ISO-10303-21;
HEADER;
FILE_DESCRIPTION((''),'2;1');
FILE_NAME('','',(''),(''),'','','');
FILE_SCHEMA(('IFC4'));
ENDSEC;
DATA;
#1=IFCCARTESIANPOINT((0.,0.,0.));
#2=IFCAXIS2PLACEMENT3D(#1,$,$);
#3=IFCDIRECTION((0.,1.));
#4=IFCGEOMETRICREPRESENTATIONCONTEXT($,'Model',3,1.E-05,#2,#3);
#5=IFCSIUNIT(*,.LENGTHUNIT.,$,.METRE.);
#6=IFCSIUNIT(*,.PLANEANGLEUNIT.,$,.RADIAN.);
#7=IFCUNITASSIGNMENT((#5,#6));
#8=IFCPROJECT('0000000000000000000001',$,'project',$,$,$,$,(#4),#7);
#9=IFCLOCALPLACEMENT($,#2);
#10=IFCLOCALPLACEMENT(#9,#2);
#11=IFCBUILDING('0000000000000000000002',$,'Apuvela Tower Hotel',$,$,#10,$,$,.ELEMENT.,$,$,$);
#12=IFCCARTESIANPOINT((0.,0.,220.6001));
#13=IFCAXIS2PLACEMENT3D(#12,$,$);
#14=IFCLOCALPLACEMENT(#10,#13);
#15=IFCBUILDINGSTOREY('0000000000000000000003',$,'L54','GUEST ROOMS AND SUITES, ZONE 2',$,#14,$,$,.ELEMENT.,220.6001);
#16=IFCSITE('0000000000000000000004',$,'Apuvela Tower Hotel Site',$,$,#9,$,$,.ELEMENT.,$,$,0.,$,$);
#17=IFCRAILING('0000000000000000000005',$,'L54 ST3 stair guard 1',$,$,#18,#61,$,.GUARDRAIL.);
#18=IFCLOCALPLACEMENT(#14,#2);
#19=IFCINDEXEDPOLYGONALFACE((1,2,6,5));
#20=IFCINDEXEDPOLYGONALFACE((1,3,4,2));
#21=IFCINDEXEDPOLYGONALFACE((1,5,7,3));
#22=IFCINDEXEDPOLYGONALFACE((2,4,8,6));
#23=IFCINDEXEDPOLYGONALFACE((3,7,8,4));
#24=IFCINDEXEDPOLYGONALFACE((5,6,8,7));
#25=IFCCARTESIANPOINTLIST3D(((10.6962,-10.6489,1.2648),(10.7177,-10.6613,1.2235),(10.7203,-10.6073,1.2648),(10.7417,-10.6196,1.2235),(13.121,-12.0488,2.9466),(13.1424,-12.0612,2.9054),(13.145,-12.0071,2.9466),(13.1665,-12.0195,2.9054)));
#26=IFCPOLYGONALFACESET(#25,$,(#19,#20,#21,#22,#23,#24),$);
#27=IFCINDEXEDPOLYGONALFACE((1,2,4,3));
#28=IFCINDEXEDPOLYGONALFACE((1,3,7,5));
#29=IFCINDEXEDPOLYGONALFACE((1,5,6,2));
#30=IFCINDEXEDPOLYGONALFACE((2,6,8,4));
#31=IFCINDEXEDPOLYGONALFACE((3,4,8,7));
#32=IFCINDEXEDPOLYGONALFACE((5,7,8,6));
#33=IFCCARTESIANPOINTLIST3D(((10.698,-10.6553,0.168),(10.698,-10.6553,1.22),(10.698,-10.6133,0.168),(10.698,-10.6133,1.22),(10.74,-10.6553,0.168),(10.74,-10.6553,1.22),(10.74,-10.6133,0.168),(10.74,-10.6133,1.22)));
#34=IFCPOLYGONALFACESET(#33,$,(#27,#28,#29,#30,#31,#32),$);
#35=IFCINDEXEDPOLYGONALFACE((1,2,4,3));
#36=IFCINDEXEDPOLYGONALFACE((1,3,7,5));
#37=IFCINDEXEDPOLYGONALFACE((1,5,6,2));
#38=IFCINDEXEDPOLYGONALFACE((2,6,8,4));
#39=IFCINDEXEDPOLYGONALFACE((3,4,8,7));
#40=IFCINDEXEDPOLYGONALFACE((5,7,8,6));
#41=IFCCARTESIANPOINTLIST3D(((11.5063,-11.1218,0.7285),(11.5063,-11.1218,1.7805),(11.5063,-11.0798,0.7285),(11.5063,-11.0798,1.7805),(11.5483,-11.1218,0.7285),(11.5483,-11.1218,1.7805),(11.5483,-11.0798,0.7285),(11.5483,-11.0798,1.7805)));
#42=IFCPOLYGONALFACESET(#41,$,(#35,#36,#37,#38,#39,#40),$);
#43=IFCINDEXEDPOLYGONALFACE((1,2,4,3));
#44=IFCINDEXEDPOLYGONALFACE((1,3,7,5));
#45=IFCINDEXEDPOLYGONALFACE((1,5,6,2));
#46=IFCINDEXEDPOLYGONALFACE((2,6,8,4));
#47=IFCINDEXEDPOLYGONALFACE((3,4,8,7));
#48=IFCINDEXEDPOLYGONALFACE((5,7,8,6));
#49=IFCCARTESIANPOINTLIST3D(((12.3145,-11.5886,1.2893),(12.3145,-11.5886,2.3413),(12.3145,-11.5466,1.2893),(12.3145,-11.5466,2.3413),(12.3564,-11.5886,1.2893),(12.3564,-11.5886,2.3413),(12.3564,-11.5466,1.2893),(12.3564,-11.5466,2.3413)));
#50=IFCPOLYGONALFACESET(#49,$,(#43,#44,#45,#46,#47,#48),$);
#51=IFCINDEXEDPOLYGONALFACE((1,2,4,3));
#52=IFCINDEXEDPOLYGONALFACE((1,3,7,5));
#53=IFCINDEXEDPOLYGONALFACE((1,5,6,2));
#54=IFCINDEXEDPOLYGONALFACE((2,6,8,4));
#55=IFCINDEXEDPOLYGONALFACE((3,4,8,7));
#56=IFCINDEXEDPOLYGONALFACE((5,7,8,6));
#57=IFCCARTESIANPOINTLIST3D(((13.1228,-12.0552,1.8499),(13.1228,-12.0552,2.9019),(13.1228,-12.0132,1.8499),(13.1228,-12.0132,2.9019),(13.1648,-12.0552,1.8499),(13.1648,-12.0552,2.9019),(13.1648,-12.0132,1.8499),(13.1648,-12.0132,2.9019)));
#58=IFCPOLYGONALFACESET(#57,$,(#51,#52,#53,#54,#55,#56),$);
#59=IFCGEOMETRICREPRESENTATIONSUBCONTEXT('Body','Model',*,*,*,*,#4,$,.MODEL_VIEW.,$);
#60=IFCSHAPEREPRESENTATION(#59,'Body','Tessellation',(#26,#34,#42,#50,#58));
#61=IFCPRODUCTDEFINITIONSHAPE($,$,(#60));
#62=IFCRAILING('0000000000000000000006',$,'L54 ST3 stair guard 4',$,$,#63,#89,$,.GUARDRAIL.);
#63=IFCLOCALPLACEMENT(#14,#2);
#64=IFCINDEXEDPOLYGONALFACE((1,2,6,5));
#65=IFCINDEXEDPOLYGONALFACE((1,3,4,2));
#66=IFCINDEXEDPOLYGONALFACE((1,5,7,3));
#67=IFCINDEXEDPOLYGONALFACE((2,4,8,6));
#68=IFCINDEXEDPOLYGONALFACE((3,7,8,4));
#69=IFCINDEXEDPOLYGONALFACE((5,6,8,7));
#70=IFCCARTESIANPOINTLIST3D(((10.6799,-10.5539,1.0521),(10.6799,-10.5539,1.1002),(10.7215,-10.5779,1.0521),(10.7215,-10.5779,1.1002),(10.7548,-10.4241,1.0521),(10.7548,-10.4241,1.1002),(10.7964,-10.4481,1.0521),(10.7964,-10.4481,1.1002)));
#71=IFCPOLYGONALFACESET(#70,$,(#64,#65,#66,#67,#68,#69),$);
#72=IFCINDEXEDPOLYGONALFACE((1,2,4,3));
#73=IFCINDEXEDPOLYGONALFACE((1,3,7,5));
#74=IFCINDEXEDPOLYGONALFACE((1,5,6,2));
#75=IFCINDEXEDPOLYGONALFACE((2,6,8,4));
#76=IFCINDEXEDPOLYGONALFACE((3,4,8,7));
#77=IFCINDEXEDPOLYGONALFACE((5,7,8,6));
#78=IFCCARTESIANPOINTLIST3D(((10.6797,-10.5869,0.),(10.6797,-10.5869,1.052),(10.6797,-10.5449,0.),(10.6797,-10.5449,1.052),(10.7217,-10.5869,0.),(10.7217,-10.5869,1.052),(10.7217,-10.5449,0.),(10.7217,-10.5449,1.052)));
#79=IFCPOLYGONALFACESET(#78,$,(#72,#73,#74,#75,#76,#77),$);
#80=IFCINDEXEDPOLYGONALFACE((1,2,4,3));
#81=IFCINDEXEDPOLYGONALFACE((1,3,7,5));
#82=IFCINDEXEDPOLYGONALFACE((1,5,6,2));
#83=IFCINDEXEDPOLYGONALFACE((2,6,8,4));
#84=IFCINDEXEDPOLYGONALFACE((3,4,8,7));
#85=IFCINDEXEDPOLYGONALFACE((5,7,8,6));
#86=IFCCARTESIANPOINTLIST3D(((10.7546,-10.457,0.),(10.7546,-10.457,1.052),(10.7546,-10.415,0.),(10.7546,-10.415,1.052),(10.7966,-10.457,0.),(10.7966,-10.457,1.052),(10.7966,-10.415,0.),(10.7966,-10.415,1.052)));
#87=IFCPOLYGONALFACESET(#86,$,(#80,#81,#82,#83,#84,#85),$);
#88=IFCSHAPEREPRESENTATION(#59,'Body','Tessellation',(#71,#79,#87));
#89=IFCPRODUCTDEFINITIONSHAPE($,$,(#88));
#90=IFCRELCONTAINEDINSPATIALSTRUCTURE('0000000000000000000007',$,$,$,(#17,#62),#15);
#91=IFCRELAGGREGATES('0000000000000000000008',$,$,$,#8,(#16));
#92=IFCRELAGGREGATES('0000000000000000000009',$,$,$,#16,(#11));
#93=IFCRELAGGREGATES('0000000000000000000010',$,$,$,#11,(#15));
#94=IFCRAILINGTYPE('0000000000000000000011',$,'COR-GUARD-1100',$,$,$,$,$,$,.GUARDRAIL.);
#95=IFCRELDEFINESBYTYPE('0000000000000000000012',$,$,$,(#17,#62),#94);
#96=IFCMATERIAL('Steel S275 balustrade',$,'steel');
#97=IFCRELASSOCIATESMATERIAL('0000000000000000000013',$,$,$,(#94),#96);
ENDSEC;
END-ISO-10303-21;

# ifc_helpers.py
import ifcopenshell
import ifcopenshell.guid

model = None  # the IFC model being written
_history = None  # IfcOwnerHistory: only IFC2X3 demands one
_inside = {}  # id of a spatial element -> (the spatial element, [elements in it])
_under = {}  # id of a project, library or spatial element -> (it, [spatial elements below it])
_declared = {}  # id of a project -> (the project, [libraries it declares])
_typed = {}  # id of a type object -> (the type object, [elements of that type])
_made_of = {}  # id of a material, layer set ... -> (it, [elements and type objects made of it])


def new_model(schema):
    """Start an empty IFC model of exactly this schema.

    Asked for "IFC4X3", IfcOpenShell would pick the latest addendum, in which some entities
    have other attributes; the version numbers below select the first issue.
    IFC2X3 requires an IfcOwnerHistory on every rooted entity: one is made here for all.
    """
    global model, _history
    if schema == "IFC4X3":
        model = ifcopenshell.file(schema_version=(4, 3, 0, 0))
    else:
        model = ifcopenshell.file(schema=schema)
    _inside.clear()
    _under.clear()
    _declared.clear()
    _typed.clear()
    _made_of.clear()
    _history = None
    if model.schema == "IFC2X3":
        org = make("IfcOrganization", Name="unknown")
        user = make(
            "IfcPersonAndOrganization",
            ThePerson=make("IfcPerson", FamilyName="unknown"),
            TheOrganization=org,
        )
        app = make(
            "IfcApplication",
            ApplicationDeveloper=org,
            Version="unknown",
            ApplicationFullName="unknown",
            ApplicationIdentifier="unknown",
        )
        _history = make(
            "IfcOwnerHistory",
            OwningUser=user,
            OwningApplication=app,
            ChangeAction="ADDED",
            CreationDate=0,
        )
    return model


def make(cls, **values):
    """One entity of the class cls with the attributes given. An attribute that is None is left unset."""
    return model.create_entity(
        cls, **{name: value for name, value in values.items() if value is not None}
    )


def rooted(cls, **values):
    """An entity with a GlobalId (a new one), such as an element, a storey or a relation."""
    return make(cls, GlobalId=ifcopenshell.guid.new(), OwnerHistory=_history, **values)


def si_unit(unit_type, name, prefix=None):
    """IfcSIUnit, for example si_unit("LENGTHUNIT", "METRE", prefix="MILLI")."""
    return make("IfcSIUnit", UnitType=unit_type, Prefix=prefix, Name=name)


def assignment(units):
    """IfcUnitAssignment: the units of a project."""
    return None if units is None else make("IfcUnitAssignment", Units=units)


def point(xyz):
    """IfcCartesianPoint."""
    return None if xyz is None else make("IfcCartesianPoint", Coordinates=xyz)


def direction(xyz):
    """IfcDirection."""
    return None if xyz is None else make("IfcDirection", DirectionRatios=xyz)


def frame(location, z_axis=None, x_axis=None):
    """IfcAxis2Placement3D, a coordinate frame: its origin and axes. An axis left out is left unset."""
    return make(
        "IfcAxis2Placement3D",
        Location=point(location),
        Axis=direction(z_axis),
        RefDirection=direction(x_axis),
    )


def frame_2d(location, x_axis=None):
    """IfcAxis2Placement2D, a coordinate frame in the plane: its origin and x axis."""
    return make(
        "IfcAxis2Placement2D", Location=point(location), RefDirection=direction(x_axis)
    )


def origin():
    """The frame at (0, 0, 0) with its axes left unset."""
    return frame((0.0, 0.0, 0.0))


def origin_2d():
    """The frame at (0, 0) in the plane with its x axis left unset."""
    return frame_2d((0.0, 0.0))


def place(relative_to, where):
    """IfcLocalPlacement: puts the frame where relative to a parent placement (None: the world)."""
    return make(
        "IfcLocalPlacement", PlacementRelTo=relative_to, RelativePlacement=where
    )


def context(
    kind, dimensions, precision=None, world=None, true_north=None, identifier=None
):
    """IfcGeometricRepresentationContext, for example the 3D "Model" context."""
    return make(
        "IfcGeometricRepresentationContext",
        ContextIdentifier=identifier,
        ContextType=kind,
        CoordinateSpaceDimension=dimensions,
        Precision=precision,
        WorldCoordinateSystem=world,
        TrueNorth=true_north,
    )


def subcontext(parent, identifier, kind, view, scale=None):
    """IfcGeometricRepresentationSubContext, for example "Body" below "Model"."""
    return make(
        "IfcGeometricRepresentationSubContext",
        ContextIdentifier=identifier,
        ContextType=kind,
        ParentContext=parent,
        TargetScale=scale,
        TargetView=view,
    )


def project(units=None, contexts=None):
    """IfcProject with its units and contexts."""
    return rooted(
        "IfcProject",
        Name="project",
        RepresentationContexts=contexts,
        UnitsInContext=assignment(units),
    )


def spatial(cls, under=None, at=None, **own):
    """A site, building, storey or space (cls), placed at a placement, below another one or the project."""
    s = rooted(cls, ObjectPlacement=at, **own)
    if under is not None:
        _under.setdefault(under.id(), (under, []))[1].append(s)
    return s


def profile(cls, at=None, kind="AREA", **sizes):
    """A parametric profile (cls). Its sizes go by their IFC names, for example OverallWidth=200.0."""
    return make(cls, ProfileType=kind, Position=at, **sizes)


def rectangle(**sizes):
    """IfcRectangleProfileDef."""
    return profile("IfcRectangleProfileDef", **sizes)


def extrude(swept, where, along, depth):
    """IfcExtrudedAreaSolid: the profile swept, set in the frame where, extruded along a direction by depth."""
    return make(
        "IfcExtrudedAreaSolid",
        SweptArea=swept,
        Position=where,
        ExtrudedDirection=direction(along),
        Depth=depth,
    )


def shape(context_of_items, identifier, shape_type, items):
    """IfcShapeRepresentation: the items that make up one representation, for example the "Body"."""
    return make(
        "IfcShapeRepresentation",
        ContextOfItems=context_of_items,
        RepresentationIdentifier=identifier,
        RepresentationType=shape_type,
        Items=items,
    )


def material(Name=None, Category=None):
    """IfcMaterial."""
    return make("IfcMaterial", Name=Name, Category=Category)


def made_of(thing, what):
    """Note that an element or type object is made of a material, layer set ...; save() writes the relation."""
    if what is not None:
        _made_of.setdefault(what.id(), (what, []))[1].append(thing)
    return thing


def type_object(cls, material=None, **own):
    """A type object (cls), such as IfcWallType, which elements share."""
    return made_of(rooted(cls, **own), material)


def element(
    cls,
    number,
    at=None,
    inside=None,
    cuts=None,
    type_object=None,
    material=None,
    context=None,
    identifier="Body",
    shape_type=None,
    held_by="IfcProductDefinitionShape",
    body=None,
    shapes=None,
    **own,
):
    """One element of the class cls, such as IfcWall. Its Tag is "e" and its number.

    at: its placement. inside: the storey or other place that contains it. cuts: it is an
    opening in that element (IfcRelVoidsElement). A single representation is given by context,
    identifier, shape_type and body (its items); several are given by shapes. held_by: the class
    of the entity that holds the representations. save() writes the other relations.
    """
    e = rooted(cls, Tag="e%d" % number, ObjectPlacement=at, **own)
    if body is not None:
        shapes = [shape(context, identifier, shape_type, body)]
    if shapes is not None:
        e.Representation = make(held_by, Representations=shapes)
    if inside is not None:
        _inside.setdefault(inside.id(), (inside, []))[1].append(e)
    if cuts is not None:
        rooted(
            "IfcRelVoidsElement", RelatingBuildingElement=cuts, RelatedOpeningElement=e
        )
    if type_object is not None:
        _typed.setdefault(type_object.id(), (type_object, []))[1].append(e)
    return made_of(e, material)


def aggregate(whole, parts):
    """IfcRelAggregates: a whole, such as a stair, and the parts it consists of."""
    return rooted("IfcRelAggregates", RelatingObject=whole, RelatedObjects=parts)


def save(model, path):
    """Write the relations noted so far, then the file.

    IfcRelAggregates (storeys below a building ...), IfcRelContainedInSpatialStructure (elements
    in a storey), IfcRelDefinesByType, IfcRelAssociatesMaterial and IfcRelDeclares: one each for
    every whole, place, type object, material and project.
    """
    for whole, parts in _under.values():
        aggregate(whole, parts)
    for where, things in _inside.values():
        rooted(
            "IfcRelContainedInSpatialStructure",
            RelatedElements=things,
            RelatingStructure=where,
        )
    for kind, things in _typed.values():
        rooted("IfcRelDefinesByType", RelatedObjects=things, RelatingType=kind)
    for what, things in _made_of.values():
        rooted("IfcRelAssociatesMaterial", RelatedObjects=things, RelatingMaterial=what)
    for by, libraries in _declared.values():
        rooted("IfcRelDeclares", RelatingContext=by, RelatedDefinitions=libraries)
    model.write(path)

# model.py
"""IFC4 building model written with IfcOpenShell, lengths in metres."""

from ifc_helpers import new_model, si_unit, direction, frame, origin, origin_2d, place, context, subcontext, project, spatial, rectangle, extrude, material, type_object, element, save


model = new_model("IFC4")

# Units and contexts
model_context = context("Model", 3, precision=1e-05, world=origin(), true_north=direction((0.0, 1.0)))
body_context = subcontext(model_context, "Body", "Model", "MODEL_VIEW")
ifc_project = project(units=[si_unit("LENGTHUNIT", "METRE"), si_unit("PLANEANGLEUNIT", "RADIAN")], contexts=[model_context])

# Site, building, storey
site_placement = place(None, origin())
site = spatial("IfcSite", under=ifc_project, at=site_placement, Name="Apuvela Tower Hotel Site", CompositionType="ELEMENT", RefElevation=0.0)
building_placement = place(site_placement, origin())
building = spatial("IfcBuilding", under=site, at=building_placement, Name="Apuvela Tower Hotel", CompositionType="ELEMENT")
storey_placement = place(building_placement, frame((0.0, 0.0, 220.6001)))
storey = spatial("IfcBuildingStorey", under=building, at=storey_placement, Name="L54", Description="GUEST ROOMS AND SUITES, ZONE 2", CompositionType="ELEMENT", Elevation=220.6001)

# Railings
ifc_material_1 = material(Name="Steel S275 balustrade", Category="steel")
railing_type_1 = type_object("IfcRailingType", Name="COR-GUARD-1100", PredefinedType="GUARDRAIL", material=ifc_material_1)
railing_1_placement = place(storey_placement, frame((10.719, -10.6343, 0.168)))
element("IfcRailing", 1, at=railing_1_placement, inside=storey, type_object=railing_type_1, Name="L54 ST3 stair guard 1", PredefinedType="GUARDRAIL", context=body_context, shape_type="SweptSolid", body=[
    extrude(rectangle(XDim=0.0481, YDim=0.0481, at=origin_2d()), frame((0.0, 0.0, 1.0762), z_axis=(0.74239, -0.428601, 0.514934), x_axis=(0.499984, 0.866035, 0.0)), (0.0, 0.0, 1.0), 3.2661),
    extrude(rectangle(XDim=0.042, YDim=0.042, at=origin_2d()), origin(), (0.0, 0.0, 1.0), 1.052),
    extrude(rectangle(XDim=0.042, YDim=0.042, at=origin_2d()), frame((0.8083, -0.4666, 0.5605)), (0.0, 0.0, 1.0), 1.052),
    extrude(rectangle(XDim=0.042, YDim=0.042, at=origin_2d()), frame((1.6165, -0.9333, 1.1213)), (0.0, 0.0, 1.0), 1.052),
    extrude(rectangle(XDim=0.042, YDim=0.042, at=origin_2d()), frame((2.4248, -1.3999, 1.6819)), (0.0, 0.0, 1.0), 1.052),
])
railing_2_placement = place(storey_placement, frame((10.7007, -10.5659, 0.0)))
element("IfcRailing", 2, at=railing_2_placement, inside=storey, type_object=railing_type_1, Name="L54 ST3 stair guard 4", PredefinedType="GUARDRAIL", context=body_context, shape_type="SweptSolid", body=[
    extrude(rectangle(XDim=0.0481, YDim=0.0481, at=origin_2d()), frame((0.0, 0.0, 1.0762), z_axis=(0.499816, 0.866131, 0.0), x_axis=(-0.866131, 0.499816, 0.0)), (0.0, 0.0, 1.0), 0.1499),
    extrude(rectangle(XDim=0.042, YDim=0.042, at=origin_2d()), origin(), (0.0, 0.0, 1.0), 1.052),
    extrude(rectangle(XDim=0.042, YDim=0.042, at=origin_2d()), frame((0.075, 0.1299, 0.0)), (0.0, 0.0, 1.0), 1.052),
])

save(model, "model.ifc")
